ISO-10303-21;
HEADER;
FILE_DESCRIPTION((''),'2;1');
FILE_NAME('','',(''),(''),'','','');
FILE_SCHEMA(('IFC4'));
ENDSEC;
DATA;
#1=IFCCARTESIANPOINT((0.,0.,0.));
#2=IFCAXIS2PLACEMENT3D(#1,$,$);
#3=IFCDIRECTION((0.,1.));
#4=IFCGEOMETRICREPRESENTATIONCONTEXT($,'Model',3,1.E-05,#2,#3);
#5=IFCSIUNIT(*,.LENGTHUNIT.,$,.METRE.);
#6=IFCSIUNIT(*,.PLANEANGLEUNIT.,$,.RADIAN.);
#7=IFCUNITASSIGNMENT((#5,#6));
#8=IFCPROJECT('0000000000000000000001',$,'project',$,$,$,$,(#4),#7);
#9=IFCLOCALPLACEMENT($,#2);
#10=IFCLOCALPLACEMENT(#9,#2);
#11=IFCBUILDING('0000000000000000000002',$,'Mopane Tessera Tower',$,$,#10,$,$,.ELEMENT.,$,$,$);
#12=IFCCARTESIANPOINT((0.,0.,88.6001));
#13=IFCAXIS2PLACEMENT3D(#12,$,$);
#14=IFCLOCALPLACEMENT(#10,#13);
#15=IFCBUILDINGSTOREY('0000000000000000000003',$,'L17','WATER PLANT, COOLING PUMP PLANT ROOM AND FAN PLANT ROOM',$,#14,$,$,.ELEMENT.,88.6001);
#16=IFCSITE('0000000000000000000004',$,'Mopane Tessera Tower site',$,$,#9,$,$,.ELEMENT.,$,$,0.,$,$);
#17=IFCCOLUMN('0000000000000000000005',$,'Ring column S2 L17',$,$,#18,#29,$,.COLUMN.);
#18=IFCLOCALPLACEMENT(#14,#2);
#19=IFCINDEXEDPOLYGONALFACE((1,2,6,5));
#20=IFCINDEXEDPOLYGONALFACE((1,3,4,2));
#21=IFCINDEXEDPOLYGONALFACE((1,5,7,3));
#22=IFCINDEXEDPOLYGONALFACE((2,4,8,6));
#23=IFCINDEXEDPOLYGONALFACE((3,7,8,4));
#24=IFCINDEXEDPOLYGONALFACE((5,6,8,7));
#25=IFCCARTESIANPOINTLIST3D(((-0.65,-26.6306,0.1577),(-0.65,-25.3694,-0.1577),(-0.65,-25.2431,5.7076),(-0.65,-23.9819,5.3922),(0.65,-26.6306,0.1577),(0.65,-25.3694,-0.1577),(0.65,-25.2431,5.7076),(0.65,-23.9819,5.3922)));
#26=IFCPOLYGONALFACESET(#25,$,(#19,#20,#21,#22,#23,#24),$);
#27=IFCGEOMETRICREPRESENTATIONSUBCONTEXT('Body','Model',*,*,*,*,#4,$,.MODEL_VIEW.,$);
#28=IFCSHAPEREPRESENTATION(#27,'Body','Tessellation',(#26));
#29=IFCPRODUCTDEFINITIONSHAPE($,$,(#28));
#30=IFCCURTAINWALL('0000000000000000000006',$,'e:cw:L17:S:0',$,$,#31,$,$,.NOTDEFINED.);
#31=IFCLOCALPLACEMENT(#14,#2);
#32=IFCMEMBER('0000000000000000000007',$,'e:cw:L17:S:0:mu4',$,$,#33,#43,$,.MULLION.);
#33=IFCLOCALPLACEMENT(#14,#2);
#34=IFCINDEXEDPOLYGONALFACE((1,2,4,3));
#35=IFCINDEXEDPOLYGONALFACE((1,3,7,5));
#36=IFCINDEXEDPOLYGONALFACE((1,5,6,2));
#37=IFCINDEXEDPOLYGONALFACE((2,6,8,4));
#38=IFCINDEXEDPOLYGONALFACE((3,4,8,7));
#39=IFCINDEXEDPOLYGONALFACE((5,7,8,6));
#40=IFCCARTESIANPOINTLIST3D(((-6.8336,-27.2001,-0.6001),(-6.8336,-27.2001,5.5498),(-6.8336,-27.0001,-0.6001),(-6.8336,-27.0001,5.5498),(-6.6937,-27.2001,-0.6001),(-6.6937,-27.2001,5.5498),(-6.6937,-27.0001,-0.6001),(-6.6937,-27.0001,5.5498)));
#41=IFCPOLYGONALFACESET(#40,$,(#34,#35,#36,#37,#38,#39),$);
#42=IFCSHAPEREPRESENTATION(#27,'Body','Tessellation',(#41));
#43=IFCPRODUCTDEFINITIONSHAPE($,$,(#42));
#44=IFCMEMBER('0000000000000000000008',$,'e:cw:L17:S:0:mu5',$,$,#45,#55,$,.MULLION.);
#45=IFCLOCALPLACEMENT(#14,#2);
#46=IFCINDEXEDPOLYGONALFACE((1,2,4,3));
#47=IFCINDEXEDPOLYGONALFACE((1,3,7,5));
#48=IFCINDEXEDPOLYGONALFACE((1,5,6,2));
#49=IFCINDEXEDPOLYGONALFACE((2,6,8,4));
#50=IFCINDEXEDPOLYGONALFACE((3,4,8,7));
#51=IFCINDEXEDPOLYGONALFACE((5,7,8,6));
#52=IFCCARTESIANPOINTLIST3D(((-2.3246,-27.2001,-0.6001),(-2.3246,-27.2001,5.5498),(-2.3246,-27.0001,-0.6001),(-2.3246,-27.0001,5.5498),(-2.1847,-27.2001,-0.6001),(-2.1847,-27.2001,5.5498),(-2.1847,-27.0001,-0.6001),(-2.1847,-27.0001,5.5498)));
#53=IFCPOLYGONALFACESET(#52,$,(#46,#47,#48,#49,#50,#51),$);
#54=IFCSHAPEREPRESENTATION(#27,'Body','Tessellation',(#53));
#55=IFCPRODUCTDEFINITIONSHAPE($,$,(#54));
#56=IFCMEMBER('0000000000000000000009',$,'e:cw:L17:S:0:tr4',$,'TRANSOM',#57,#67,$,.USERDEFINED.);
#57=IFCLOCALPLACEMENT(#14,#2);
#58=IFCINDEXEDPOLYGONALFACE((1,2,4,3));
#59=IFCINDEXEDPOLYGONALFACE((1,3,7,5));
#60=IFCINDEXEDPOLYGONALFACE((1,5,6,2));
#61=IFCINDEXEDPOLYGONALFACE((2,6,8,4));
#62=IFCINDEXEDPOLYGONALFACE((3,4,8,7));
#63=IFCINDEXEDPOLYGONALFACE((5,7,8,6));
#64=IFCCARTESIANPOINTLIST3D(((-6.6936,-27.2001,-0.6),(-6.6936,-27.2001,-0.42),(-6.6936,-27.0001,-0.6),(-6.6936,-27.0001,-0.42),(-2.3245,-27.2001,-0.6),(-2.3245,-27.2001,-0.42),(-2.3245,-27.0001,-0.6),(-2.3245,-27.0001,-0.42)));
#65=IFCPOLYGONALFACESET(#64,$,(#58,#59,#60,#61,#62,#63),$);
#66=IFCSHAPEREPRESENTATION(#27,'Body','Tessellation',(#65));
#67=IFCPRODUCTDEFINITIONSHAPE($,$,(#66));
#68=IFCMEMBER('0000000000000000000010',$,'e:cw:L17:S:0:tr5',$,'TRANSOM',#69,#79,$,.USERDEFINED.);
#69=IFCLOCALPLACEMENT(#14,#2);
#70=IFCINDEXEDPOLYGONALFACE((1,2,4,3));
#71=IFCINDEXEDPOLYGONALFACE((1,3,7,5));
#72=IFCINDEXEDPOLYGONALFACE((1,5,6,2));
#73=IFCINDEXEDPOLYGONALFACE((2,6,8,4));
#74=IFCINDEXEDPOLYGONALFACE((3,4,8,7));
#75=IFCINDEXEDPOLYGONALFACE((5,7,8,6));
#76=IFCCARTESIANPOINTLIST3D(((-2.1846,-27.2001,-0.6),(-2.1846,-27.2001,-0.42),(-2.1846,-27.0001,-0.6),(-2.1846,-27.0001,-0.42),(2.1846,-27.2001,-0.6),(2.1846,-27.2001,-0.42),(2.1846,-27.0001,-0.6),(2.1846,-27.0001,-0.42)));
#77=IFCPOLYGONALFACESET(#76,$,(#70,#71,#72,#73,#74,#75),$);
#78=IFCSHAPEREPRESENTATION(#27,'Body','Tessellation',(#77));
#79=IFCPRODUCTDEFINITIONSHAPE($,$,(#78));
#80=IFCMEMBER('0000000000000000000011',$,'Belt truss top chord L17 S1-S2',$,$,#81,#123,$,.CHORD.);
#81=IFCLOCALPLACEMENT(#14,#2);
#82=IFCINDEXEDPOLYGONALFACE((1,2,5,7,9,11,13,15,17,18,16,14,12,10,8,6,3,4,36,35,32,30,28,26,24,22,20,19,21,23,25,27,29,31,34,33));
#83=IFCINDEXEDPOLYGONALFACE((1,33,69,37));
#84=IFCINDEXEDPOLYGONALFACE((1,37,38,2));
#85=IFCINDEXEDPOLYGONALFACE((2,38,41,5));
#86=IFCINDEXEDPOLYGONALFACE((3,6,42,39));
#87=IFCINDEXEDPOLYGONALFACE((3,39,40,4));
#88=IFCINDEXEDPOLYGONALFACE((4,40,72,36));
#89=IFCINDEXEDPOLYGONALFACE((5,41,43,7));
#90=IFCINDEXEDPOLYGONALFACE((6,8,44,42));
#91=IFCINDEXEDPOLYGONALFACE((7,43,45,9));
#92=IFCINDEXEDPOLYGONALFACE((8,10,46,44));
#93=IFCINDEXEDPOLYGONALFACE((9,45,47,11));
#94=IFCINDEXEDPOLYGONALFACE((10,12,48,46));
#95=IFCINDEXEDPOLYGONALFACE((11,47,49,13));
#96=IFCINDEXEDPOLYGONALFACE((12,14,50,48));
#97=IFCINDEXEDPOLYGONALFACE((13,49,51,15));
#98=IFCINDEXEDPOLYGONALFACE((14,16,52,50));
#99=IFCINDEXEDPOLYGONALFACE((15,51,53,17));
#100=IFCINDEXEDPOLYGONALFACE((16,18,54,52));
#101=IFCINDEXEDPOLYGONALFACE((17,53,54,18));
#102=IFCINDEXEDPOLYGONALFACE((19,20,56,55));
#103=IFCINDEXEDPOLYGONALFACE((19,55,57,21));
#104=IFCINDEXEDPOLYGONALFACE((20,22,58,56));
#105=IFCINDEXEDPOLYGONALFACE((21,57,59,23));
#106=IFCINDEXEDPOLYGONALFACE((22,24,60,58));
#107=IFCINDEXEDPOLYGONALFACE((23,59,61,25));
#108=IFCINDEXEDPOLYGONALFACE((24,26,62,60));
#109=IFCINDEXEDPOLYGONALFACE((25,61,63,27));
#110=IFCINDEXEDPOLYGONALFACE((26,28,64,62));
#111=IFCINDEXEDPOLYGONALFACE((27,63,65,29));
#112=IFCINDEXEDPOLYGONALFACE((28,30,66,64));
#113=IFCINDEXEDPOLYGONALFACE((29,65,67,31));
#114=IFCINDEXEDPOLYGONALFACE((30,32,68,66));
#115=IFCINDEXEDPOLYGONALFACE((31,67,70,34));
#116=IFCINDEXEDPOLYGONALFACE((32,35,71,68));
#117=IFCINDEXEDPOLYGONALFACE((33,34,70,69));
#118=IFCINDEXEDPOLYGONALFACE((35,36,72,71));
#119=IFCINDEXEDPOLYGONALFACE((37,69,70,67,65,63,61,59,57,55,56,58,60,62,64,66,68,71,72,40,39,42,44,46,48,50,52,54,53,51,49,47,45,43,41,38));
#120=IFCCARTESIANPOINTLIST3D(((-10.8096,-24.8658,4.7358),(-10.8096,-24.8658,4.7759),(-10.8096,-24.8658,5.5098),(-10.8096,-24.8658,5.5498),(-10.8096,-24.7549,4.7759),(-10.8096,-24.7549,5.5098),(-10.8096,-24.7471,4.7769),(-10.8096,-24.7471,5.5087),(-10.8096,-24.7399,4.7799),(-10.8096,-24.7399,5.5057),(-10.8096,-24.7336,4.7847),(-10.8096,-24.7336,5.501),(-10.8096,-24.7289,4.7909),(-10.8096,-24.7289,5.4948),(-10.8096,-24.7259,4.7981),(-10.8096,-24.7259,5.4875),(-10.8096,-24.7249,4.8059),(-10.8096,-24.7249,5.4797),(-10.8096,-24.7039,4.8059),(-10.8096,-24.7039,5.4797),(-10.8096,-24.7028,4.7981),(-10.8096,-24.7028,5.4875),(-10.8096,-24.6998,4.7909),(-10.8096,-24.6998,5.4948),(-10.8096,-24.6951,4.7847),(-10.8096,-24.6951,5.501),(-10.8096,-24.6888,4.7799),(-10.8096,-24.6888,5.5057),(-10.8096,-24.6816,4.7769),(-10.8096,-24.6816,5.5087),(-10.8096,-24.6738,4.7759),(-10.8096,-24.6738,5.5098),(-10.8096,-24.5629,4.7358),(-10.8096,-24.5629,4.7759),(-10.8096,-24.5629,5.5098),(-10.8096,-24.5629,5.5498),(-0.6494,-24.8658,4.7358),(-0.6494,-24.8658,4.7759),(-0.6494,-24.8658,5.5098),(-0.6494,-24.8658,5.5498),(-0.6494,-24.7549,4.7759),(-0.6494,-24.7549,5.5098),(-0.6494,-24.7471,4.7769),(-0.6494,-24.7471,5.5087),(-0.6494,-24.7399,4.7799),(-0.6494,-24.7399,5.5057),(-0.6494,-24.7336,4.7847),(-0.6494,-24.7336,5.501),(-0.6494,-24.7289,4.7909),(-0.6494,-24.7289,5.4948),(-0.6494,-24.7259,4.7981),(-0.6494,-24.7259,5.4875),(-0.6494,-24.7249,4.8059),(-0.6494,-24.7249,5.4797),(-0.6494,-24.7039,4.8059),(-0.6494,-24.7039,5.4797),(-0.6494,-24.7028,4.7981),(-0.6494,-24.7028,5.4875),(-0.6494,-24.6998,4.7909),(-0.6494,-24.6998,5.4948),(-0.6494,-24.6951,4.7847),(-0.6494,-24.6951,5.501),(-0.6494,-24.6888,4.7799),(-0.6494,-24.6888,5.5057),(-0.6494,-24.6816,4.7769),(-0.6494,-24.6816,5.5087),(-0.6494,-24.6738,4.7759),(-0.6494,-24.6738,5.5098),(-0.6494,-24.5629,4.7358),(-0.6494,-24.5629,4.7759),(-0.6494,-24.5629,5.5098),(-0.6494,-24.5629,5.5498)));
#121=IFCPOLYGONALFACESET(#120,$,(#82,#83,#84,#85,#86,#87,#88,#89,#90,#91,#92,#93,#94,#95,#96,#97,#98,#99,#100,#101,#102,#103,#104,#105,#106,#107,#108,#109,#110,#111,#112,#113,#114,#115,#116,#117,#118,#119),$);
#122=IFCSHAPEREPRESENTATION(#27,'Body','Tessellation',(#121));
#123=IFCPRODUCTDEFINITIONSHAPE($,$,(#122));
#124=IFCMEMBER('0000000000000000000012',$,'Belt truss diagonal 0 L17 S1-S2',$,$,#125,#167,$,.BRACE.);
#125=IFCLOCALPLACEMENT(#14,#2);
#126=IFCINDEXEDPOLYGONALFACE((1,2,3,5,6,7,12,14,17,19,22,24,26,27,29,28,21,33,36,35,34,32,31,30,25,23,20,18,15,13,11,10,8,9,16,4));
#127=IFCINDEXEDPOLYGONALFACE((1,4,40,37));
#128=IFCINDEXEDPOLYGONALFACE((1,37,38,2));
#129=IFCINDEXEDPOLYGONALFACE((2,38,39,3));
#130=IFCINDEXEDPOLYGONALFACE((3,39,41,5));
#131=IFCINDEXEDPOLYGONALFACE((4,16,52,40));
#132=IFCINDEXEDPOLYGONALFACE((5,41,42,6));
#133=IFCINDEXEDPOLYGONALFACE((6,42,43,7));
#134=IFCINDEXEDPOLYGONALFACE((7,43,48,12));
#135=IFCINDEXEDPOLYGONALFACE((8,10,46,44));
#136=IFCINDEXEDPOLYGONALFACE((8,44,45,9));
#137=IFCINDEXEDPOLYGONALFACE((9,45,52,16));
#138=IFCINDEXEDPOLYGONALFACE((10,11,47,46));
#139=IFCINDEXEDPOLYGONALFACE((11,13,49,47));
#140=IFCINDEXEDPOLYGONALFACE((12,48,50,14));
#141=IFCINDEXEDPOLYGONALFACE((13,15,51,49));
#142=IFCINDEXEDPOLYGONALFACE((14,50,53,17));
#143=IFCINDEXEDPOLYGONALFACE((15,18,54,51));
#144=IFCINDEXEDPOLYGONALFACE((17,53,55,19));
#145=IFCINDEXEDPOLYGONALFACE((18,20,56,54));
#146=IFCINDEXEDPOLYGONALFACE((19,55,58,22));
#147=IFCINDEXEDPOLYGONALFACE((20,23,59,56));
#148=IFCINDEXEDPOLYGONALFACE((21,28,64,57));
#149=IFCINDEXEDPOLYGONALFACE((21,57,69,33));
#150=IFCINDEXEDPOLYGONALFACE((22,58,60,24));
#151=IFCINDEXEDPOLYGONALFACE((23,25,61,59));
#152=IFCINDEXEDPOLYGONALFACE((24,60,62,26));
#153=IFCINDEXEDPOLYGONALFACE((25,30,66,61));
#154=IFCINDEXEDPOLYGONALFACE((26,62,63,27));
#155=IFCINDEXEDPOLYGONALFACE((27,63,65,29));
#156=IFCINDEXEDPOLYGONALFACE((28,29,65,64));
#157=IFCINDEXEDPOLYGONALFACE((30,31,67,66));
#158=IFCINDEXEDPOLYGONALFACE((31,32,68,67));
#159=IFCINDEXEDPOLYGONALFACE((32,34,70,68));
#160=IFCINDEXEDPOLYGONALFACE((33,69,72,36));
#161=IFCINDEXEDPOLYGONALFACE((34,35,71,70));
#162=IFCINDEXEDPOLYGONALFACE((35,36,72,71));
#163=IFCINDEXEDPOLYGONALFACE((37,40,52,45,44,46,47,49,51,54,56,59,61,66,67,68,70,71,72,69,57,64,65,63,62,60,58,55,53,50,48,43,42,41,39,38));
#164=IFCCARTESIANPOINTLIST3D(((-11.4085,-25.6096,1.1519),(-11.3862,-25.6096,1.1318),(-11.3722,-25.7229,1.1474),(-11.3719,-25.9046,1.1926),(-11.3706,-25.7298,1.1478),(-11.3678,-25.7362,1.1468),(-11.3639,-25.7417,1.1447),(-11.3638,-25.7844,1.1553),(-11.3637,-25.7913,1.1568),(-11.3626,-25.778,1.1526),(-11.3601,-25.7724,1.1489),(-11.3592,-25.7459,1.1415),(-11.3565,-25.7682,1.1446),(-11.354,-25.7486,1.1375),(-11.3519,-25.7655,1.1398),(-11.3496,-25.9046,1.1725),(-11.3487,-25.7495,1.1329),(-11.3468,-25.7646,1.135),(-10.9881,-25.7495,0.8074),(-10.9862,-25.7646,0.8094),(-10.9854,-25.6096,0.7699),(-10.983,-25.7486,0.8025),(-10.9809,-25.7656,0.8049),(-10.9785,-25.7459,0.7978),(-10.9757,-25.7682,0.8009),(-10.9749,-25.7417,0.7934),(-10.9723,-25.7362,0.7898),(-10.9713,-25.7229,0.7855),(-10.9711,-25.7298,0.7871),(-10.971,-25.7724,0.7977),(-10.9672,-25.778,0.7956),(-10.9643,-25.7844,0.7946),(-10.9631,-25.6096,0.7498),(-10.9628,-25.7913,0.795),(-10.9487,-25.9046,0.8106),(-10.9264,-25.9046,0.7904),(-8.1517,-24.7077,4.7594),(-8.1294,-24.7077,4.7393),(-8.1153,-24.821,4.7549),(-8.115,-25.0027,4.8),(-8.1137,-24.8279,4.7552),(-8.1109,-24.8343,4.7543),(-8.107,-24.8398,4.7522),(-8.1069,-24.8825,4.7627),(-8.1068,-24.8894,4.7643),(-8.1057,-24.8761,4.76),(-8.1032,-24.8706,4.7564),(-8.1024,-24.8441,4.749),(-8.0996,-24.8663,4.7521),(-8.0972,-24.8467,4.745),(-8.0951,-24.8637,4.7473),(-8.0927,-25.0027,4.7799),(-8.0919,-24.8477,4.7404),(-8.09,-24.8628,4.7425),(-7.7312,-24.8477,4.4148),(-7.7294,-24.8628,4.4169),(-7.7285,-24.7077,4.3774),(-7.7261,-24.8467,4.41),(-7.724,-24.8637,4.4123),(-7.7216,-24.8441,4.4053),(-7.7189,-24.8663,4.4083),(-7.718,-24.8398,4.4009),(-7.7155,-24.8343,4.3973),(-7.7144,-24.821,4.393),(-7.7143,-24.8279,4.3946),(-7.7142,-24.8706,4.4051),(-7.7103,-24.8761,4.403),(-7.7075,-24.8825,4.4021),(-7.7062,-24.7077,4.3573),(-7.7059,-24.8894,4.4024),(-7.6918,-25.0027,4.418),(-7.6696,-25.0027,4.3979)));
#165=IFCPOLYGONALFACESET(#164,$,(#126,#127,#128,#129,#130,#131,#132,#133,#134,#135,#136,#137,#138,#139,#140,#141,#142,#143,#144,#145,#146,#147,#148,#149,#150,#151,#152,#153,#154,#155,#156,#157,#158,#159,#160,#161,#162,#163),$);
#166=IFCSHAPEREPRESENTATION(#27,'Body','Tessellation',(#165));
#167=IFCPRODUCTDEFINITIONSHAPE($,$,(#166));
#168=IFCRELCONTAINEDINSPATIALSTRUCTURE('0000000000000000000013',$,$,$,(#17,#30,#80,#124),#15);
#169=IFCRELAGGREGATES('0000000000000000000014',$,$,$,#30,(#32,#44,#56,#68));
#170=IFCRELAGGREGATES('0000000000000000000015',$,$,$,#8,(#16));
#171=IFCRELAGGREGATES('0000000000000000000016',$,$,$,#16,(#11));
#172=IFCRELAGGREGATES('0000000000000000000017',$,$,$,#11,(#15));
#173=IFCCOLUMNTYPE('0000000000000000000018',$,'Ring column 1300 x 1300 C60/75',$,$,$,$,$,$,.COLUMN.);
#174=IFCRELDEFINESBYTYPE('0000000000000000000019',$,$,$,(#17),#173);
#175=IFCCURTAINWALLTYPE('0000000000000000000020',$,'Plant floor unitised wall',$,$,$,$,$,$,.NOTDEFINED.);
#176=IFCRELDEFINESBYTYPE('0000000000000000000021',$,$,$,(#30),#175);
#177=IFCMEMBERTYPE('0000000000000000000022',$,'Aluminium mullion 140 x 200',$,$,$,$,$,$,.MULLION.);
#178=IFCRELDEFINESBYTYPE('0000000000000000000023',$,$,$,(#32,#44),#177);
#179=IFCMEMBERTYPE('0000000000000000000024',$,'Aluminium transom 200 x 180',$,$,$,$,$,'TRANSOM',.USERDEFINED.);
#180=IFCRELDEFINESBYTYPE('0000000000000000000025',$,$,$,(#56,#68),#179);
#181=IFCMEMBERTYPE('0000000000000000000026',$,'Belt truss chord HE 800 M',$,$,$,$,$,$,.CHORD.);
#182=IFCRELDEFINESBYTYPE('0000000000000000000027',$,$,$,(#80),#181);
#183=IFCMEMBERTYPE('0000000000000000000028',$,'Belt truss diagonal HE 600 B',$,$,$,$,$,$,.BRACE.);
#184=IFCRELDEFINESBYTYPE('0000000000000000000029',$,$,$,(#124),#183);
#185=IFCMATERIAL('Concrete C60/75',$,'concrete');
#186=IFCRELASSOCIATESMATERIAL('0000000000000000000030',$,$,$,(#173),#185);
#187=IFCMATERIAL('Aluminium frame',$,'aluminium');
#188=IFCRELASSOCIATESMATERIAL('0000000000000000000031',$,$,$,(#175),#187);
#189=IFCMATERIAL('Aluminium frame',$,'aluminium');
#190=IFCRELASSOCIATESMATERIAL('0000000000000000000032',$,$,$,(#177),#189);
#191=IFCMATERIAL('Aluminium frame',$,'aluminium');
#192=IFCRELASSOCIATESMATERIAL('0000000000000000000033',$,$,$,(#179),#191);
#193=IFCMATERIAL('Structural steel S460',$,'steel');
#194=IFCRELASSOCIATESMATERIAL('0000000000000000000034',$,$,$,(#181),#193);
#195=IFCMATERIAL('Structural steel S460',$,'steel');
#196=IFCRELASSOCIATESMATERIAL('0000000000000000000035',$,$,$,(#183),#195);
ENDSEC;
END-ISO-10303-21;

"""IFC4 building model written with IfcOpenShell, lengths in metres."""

from ifc_helpers import new_model, si_unit, direction, frame, origin, origin_2d, place, context, subcontext, project, spatial, rectangle, i_section, extrude, material, material_profile, profile_set, type_object, element, aggregate, save


model = new_model("IFC4")

# Units and contexts
model_context = context("Model", 3, precision=1e-05, world=origin(), true_north=direction((0.0, 1.0)))
body_context = subcontext(model_context, "Body", "Model", "MODEL_VIEW")
ifc_project = project(units=[si_unit("LENGTHUNIT", "METRE"), si_unit("PLANEANGLEUNIT", "RADIAN")], contexts=[model_context])

# Site, building, storey
site_placement = place(None, origin())
site = spatial("IfcSite", under=ifc_project, at=site_placement, Name="Mopane Tessera Tower site", CompositionType="ELEMENT", RefElevation=0.0)
building_placement = place(site_placement, origin())
building = spatial("IfcBuilding", under=site, at=building_placement, Name="Mopane Tessera Tower", CompositionType="ELEMENT")
storey_placement = place(building_placement, frame((0.0, 0.0, 88.6001)))
storey = spatial("IfcBuildingStorey", under=building, at=storey_placement, Name="L17", Description="WATER PLANT, COOLING PUMP PLANT ROOM AND FAN PLANT ROOM", CompositionType="ELEMENT", Elevation=88.6001)

# Column
ifc_material_1 = material(Name="Concrete C60/75", Category="concrete")
ifc_material_profile_1 = material_profile(ifc_material_1, rectangle(XDim=1.3, YDim=1.3, at=origin_2d()))
ifc_profile_set_1 = profile_set([ifc_material_profile_1], Name="Concrete C60/75")
column_type = type_object("IfcColumnType", Name="Ring column 1300 x 1300 C60/75", PredefinedType="COLUMN", material=ifc_profile_set_1)
column_placement = place(storey_placement, frame((0.0, -26.0, 0.0), z_axis=(0.0, 0.242536, 0.970143), x_axis=(-1.0, 0.0, 0.0)))
element("IfcColumn", 1, at=column_placement, inside=storey, type_object=column_type, Name="Ring column S2 L17", PredefinedType="COLUMN", context=body_context, shape_type="SweptSolid", body=[
    extrude(rectangle(XDim=1.3, YDim=1.3, at=origin_2d()), origin(), (0.0, 0.0, 1.0), 5.7207),
])

# Curtain wall, members
ifc_material_2 = material(Name="Aluminium frame", Category="aluminium")
curtain_wall_type = type_object("IfcCurtainWallType", Name="Plant floor unitised wall", PredefinedType="NOTDEFINED", material=ifc_material_2)
curtain_wall_placement = place(storey_placement, origin())
curtain_wall = element("IfcCurtainWall", 2, at=curtain_wall_placement, inside=storey, type_object=curtain_wall_type, Name="e:cw:L17:S:0", PredefinedType="NOTDEFINED")
ifc_material_3 = material(Name="Aluminium frame", Category="aluminium")
ifc_material_profile_2 = material_profile(ifc_material_3, rectangle(XDim=0.1399, YDim=0.2, at=origin_2d()))
ifc_profile_set_2 = profile_set([ifc_material_profile_2], Name="Aluminium frame")
member_type_1 = type_object("IfcMemberType", Name="Aluminium mullion 140 x 200", PredefinedType="MULLION", material=ifc_profile_set_2)
member_1_placement = place(storey_placement, frame((-6.7637, -27.1001, -0.6001), z_axis=(0.0, 0.0, 1.0), x_axis=(1.0, 0.0, 0.0)))
member_1 = element("IfcMember", 3, at=member_1_placement, type_object=member_type_1, Name="e:cw:L17:S:0:mu4", PredefinedType="MULLION", context=body_context, shape_type="SweptSolid", body=[
    extrude(rectangle(XDim=0.1399, YDim=0.2, at=origin_2d()), origin(), (0.0, 0.0, 1.0), 6.1499),
])
member_2_placement = place(storey_placement, frame((-2.2546, -27.1001, -0.6001), z_axis=(0.0, 0.0, 1.0), x_axis=(1.0, 0.0, 0.0)))
member_2 = element("IfcMember", 4, at=member_2_placement, type_object=member_type_1, Name="e:cw:L17:S:0:mu5", PredefinedType="MULLION", context=body_context, shape_type="SweptSolid", body=[
    extrude(rectangle(XDim=0.1399, YDim=0.2, at=origin_2d()), origin(), (0.0, 0.0, 1.0), 6.1499),
])
ifc_material_4 = material(Name="Aluminium frame", Category="aluminium")
ifc_material_profile_3 = material_profile(ifc_material_4, rectangle(XDim=0.2, YDim=0.1799, at=origin_2d()))
ifc_profile_set_3 = profile_set([ifc_material_profile_3], Name="Aluminium frame")
member_type_2 = type_object("IfcMemberType", Name="Aluminium transom 200 x 180", ElementType="TRANSOM", PredefinedType="USERDEFINED", material=ifc_profile_set_3)
member_3_placement = place(storey_placement, frame((-6.6936, -27.1001, -0.51), z_axis=(1.0, 0.0, 0.0), x_axis=(0.0, 1.0, 0.0)))
member_3 = element("IfcMember", 5, at=member_3_placement, type_object=member_type_2, Name="e:cw:L17:S:0:tr4", ObjectType="TRANSOM", PredefinedType="USERDEFINED", context=body_context, shape_type="SweptSolid", body=[
    extrude(rectangle(XDim=0.2, YDim=0.1799, at=origin_2d()), origin(), (0.0, 0.0, 1.0), 4.3691),
])
member_4_placement = place(storey_placement, frame((-2.1846, -27.1001, -0.51), z_axis=(1.0, 0.0, 0.0), x_axis=(0.0, 1.0, 0.0)))
member_4 = element("IfcMember", 6, at=member_4_placement, type_object=member_type_2, Name="e:cw:L17:S:0:tr5", ObjectType="TRANSOM", PredefinedType="USERDEFINED", context=body_context, shape_type="SweptSolid", body=[
    extrude(rectangle(XDim=0.2, YDim=0.1799, at=origin_2d()), origin(), (0.0, 0.0, 1.0), 4.3691),
])

# Members
ifc_material_5 = material(Name="Structural steel S460", Category="steel")
ifc_material_profile_4 = material_profile(ifc_material_5, i_section(OverallWidth=0.303, OverallDepth=0.814, WebThickness=0.021, FlangeThickness=0.04, FilletRadius=0.03, at=origin_2d()))
ifc_profile_set_4 = profile_set([ifc_material_profile_4], Name="Structural steel S460")
member_type_3 = type_object("IfcMemberType", Name="Belt truss chord HE 800 M", PredefinedType="CHORD", material=ifc_profile_set_4)
member_5_placement = place(storey_placement, frame((-10.8096, -24.7144, 5.1428), z_axis=(1.0, 0.0, 0.0), x_axis=(0.0, 1.0, 0.0)))
element("IfcMember", 7, at=member_5_placement, inside=storey, type_object=member_type_3, Name="Belt truss top chord L17 S1-S2", PredefinedType="CHORD", context=body_context, shape_type="SweptSolid", body=[
    extrude(i_section(OverallWidth=0.303, OverallDepth=0.814, WebThickness=0.021, FlangeThickness=0.04, FilletRadius=0.03, at=origin_2d()), origin(), (0.0, 0.0, 1.0), 10.1602),
])
ifc_material_6 = material(Name="Structural steel S460", Category="steel")
ifc_material_profile_5 = material_profile(ifc_material_6, i_section(OverallWidth=0.3, OverallDepth=0.6001, WebThickness=0.0154, FlangeThickness=0.03, FilletRadius=0.0271, at=origin_2d()))
ifc_profile_set_5 = profile_set([ifc_material_profile_5], Name="Structural steel S460")
member_type_4 = type_object("IfcMemberType", Name="Belt truss diagonal HE 600 B", PredefinedType="BRACE", material=ifc_profile_set_5)
member_6_placement = place(storey_placement, frame((-11.1675, -25.7571, 0.9712), z_axis=(0.658871, 0.182449, 0.729796), x_axis=(-0.12226, 0.983215, -0.135426)))
element("IfcMember", 8, at=member_6_placement, inside=storey, type_object=member_type_4, Name="Belt truss diagonal 0 L17 S1-S2", PredefinedType="BRACE", context=body_context, shape_type="SweptSolid", body=[
    extrude(i_section(OverallWidth=0.3, OverallDepth=0.6001, WebThickness=0.0154, FlangeThickness=0.03, FilletRadius=0.0271, at=origin_2d()), origin(), (0.0, 0.0, 1.0), 4.9431),
])

aggregate(curtain_wall, [member_1, member_2, member_3, member_4])

save(model, "model.ifc")
